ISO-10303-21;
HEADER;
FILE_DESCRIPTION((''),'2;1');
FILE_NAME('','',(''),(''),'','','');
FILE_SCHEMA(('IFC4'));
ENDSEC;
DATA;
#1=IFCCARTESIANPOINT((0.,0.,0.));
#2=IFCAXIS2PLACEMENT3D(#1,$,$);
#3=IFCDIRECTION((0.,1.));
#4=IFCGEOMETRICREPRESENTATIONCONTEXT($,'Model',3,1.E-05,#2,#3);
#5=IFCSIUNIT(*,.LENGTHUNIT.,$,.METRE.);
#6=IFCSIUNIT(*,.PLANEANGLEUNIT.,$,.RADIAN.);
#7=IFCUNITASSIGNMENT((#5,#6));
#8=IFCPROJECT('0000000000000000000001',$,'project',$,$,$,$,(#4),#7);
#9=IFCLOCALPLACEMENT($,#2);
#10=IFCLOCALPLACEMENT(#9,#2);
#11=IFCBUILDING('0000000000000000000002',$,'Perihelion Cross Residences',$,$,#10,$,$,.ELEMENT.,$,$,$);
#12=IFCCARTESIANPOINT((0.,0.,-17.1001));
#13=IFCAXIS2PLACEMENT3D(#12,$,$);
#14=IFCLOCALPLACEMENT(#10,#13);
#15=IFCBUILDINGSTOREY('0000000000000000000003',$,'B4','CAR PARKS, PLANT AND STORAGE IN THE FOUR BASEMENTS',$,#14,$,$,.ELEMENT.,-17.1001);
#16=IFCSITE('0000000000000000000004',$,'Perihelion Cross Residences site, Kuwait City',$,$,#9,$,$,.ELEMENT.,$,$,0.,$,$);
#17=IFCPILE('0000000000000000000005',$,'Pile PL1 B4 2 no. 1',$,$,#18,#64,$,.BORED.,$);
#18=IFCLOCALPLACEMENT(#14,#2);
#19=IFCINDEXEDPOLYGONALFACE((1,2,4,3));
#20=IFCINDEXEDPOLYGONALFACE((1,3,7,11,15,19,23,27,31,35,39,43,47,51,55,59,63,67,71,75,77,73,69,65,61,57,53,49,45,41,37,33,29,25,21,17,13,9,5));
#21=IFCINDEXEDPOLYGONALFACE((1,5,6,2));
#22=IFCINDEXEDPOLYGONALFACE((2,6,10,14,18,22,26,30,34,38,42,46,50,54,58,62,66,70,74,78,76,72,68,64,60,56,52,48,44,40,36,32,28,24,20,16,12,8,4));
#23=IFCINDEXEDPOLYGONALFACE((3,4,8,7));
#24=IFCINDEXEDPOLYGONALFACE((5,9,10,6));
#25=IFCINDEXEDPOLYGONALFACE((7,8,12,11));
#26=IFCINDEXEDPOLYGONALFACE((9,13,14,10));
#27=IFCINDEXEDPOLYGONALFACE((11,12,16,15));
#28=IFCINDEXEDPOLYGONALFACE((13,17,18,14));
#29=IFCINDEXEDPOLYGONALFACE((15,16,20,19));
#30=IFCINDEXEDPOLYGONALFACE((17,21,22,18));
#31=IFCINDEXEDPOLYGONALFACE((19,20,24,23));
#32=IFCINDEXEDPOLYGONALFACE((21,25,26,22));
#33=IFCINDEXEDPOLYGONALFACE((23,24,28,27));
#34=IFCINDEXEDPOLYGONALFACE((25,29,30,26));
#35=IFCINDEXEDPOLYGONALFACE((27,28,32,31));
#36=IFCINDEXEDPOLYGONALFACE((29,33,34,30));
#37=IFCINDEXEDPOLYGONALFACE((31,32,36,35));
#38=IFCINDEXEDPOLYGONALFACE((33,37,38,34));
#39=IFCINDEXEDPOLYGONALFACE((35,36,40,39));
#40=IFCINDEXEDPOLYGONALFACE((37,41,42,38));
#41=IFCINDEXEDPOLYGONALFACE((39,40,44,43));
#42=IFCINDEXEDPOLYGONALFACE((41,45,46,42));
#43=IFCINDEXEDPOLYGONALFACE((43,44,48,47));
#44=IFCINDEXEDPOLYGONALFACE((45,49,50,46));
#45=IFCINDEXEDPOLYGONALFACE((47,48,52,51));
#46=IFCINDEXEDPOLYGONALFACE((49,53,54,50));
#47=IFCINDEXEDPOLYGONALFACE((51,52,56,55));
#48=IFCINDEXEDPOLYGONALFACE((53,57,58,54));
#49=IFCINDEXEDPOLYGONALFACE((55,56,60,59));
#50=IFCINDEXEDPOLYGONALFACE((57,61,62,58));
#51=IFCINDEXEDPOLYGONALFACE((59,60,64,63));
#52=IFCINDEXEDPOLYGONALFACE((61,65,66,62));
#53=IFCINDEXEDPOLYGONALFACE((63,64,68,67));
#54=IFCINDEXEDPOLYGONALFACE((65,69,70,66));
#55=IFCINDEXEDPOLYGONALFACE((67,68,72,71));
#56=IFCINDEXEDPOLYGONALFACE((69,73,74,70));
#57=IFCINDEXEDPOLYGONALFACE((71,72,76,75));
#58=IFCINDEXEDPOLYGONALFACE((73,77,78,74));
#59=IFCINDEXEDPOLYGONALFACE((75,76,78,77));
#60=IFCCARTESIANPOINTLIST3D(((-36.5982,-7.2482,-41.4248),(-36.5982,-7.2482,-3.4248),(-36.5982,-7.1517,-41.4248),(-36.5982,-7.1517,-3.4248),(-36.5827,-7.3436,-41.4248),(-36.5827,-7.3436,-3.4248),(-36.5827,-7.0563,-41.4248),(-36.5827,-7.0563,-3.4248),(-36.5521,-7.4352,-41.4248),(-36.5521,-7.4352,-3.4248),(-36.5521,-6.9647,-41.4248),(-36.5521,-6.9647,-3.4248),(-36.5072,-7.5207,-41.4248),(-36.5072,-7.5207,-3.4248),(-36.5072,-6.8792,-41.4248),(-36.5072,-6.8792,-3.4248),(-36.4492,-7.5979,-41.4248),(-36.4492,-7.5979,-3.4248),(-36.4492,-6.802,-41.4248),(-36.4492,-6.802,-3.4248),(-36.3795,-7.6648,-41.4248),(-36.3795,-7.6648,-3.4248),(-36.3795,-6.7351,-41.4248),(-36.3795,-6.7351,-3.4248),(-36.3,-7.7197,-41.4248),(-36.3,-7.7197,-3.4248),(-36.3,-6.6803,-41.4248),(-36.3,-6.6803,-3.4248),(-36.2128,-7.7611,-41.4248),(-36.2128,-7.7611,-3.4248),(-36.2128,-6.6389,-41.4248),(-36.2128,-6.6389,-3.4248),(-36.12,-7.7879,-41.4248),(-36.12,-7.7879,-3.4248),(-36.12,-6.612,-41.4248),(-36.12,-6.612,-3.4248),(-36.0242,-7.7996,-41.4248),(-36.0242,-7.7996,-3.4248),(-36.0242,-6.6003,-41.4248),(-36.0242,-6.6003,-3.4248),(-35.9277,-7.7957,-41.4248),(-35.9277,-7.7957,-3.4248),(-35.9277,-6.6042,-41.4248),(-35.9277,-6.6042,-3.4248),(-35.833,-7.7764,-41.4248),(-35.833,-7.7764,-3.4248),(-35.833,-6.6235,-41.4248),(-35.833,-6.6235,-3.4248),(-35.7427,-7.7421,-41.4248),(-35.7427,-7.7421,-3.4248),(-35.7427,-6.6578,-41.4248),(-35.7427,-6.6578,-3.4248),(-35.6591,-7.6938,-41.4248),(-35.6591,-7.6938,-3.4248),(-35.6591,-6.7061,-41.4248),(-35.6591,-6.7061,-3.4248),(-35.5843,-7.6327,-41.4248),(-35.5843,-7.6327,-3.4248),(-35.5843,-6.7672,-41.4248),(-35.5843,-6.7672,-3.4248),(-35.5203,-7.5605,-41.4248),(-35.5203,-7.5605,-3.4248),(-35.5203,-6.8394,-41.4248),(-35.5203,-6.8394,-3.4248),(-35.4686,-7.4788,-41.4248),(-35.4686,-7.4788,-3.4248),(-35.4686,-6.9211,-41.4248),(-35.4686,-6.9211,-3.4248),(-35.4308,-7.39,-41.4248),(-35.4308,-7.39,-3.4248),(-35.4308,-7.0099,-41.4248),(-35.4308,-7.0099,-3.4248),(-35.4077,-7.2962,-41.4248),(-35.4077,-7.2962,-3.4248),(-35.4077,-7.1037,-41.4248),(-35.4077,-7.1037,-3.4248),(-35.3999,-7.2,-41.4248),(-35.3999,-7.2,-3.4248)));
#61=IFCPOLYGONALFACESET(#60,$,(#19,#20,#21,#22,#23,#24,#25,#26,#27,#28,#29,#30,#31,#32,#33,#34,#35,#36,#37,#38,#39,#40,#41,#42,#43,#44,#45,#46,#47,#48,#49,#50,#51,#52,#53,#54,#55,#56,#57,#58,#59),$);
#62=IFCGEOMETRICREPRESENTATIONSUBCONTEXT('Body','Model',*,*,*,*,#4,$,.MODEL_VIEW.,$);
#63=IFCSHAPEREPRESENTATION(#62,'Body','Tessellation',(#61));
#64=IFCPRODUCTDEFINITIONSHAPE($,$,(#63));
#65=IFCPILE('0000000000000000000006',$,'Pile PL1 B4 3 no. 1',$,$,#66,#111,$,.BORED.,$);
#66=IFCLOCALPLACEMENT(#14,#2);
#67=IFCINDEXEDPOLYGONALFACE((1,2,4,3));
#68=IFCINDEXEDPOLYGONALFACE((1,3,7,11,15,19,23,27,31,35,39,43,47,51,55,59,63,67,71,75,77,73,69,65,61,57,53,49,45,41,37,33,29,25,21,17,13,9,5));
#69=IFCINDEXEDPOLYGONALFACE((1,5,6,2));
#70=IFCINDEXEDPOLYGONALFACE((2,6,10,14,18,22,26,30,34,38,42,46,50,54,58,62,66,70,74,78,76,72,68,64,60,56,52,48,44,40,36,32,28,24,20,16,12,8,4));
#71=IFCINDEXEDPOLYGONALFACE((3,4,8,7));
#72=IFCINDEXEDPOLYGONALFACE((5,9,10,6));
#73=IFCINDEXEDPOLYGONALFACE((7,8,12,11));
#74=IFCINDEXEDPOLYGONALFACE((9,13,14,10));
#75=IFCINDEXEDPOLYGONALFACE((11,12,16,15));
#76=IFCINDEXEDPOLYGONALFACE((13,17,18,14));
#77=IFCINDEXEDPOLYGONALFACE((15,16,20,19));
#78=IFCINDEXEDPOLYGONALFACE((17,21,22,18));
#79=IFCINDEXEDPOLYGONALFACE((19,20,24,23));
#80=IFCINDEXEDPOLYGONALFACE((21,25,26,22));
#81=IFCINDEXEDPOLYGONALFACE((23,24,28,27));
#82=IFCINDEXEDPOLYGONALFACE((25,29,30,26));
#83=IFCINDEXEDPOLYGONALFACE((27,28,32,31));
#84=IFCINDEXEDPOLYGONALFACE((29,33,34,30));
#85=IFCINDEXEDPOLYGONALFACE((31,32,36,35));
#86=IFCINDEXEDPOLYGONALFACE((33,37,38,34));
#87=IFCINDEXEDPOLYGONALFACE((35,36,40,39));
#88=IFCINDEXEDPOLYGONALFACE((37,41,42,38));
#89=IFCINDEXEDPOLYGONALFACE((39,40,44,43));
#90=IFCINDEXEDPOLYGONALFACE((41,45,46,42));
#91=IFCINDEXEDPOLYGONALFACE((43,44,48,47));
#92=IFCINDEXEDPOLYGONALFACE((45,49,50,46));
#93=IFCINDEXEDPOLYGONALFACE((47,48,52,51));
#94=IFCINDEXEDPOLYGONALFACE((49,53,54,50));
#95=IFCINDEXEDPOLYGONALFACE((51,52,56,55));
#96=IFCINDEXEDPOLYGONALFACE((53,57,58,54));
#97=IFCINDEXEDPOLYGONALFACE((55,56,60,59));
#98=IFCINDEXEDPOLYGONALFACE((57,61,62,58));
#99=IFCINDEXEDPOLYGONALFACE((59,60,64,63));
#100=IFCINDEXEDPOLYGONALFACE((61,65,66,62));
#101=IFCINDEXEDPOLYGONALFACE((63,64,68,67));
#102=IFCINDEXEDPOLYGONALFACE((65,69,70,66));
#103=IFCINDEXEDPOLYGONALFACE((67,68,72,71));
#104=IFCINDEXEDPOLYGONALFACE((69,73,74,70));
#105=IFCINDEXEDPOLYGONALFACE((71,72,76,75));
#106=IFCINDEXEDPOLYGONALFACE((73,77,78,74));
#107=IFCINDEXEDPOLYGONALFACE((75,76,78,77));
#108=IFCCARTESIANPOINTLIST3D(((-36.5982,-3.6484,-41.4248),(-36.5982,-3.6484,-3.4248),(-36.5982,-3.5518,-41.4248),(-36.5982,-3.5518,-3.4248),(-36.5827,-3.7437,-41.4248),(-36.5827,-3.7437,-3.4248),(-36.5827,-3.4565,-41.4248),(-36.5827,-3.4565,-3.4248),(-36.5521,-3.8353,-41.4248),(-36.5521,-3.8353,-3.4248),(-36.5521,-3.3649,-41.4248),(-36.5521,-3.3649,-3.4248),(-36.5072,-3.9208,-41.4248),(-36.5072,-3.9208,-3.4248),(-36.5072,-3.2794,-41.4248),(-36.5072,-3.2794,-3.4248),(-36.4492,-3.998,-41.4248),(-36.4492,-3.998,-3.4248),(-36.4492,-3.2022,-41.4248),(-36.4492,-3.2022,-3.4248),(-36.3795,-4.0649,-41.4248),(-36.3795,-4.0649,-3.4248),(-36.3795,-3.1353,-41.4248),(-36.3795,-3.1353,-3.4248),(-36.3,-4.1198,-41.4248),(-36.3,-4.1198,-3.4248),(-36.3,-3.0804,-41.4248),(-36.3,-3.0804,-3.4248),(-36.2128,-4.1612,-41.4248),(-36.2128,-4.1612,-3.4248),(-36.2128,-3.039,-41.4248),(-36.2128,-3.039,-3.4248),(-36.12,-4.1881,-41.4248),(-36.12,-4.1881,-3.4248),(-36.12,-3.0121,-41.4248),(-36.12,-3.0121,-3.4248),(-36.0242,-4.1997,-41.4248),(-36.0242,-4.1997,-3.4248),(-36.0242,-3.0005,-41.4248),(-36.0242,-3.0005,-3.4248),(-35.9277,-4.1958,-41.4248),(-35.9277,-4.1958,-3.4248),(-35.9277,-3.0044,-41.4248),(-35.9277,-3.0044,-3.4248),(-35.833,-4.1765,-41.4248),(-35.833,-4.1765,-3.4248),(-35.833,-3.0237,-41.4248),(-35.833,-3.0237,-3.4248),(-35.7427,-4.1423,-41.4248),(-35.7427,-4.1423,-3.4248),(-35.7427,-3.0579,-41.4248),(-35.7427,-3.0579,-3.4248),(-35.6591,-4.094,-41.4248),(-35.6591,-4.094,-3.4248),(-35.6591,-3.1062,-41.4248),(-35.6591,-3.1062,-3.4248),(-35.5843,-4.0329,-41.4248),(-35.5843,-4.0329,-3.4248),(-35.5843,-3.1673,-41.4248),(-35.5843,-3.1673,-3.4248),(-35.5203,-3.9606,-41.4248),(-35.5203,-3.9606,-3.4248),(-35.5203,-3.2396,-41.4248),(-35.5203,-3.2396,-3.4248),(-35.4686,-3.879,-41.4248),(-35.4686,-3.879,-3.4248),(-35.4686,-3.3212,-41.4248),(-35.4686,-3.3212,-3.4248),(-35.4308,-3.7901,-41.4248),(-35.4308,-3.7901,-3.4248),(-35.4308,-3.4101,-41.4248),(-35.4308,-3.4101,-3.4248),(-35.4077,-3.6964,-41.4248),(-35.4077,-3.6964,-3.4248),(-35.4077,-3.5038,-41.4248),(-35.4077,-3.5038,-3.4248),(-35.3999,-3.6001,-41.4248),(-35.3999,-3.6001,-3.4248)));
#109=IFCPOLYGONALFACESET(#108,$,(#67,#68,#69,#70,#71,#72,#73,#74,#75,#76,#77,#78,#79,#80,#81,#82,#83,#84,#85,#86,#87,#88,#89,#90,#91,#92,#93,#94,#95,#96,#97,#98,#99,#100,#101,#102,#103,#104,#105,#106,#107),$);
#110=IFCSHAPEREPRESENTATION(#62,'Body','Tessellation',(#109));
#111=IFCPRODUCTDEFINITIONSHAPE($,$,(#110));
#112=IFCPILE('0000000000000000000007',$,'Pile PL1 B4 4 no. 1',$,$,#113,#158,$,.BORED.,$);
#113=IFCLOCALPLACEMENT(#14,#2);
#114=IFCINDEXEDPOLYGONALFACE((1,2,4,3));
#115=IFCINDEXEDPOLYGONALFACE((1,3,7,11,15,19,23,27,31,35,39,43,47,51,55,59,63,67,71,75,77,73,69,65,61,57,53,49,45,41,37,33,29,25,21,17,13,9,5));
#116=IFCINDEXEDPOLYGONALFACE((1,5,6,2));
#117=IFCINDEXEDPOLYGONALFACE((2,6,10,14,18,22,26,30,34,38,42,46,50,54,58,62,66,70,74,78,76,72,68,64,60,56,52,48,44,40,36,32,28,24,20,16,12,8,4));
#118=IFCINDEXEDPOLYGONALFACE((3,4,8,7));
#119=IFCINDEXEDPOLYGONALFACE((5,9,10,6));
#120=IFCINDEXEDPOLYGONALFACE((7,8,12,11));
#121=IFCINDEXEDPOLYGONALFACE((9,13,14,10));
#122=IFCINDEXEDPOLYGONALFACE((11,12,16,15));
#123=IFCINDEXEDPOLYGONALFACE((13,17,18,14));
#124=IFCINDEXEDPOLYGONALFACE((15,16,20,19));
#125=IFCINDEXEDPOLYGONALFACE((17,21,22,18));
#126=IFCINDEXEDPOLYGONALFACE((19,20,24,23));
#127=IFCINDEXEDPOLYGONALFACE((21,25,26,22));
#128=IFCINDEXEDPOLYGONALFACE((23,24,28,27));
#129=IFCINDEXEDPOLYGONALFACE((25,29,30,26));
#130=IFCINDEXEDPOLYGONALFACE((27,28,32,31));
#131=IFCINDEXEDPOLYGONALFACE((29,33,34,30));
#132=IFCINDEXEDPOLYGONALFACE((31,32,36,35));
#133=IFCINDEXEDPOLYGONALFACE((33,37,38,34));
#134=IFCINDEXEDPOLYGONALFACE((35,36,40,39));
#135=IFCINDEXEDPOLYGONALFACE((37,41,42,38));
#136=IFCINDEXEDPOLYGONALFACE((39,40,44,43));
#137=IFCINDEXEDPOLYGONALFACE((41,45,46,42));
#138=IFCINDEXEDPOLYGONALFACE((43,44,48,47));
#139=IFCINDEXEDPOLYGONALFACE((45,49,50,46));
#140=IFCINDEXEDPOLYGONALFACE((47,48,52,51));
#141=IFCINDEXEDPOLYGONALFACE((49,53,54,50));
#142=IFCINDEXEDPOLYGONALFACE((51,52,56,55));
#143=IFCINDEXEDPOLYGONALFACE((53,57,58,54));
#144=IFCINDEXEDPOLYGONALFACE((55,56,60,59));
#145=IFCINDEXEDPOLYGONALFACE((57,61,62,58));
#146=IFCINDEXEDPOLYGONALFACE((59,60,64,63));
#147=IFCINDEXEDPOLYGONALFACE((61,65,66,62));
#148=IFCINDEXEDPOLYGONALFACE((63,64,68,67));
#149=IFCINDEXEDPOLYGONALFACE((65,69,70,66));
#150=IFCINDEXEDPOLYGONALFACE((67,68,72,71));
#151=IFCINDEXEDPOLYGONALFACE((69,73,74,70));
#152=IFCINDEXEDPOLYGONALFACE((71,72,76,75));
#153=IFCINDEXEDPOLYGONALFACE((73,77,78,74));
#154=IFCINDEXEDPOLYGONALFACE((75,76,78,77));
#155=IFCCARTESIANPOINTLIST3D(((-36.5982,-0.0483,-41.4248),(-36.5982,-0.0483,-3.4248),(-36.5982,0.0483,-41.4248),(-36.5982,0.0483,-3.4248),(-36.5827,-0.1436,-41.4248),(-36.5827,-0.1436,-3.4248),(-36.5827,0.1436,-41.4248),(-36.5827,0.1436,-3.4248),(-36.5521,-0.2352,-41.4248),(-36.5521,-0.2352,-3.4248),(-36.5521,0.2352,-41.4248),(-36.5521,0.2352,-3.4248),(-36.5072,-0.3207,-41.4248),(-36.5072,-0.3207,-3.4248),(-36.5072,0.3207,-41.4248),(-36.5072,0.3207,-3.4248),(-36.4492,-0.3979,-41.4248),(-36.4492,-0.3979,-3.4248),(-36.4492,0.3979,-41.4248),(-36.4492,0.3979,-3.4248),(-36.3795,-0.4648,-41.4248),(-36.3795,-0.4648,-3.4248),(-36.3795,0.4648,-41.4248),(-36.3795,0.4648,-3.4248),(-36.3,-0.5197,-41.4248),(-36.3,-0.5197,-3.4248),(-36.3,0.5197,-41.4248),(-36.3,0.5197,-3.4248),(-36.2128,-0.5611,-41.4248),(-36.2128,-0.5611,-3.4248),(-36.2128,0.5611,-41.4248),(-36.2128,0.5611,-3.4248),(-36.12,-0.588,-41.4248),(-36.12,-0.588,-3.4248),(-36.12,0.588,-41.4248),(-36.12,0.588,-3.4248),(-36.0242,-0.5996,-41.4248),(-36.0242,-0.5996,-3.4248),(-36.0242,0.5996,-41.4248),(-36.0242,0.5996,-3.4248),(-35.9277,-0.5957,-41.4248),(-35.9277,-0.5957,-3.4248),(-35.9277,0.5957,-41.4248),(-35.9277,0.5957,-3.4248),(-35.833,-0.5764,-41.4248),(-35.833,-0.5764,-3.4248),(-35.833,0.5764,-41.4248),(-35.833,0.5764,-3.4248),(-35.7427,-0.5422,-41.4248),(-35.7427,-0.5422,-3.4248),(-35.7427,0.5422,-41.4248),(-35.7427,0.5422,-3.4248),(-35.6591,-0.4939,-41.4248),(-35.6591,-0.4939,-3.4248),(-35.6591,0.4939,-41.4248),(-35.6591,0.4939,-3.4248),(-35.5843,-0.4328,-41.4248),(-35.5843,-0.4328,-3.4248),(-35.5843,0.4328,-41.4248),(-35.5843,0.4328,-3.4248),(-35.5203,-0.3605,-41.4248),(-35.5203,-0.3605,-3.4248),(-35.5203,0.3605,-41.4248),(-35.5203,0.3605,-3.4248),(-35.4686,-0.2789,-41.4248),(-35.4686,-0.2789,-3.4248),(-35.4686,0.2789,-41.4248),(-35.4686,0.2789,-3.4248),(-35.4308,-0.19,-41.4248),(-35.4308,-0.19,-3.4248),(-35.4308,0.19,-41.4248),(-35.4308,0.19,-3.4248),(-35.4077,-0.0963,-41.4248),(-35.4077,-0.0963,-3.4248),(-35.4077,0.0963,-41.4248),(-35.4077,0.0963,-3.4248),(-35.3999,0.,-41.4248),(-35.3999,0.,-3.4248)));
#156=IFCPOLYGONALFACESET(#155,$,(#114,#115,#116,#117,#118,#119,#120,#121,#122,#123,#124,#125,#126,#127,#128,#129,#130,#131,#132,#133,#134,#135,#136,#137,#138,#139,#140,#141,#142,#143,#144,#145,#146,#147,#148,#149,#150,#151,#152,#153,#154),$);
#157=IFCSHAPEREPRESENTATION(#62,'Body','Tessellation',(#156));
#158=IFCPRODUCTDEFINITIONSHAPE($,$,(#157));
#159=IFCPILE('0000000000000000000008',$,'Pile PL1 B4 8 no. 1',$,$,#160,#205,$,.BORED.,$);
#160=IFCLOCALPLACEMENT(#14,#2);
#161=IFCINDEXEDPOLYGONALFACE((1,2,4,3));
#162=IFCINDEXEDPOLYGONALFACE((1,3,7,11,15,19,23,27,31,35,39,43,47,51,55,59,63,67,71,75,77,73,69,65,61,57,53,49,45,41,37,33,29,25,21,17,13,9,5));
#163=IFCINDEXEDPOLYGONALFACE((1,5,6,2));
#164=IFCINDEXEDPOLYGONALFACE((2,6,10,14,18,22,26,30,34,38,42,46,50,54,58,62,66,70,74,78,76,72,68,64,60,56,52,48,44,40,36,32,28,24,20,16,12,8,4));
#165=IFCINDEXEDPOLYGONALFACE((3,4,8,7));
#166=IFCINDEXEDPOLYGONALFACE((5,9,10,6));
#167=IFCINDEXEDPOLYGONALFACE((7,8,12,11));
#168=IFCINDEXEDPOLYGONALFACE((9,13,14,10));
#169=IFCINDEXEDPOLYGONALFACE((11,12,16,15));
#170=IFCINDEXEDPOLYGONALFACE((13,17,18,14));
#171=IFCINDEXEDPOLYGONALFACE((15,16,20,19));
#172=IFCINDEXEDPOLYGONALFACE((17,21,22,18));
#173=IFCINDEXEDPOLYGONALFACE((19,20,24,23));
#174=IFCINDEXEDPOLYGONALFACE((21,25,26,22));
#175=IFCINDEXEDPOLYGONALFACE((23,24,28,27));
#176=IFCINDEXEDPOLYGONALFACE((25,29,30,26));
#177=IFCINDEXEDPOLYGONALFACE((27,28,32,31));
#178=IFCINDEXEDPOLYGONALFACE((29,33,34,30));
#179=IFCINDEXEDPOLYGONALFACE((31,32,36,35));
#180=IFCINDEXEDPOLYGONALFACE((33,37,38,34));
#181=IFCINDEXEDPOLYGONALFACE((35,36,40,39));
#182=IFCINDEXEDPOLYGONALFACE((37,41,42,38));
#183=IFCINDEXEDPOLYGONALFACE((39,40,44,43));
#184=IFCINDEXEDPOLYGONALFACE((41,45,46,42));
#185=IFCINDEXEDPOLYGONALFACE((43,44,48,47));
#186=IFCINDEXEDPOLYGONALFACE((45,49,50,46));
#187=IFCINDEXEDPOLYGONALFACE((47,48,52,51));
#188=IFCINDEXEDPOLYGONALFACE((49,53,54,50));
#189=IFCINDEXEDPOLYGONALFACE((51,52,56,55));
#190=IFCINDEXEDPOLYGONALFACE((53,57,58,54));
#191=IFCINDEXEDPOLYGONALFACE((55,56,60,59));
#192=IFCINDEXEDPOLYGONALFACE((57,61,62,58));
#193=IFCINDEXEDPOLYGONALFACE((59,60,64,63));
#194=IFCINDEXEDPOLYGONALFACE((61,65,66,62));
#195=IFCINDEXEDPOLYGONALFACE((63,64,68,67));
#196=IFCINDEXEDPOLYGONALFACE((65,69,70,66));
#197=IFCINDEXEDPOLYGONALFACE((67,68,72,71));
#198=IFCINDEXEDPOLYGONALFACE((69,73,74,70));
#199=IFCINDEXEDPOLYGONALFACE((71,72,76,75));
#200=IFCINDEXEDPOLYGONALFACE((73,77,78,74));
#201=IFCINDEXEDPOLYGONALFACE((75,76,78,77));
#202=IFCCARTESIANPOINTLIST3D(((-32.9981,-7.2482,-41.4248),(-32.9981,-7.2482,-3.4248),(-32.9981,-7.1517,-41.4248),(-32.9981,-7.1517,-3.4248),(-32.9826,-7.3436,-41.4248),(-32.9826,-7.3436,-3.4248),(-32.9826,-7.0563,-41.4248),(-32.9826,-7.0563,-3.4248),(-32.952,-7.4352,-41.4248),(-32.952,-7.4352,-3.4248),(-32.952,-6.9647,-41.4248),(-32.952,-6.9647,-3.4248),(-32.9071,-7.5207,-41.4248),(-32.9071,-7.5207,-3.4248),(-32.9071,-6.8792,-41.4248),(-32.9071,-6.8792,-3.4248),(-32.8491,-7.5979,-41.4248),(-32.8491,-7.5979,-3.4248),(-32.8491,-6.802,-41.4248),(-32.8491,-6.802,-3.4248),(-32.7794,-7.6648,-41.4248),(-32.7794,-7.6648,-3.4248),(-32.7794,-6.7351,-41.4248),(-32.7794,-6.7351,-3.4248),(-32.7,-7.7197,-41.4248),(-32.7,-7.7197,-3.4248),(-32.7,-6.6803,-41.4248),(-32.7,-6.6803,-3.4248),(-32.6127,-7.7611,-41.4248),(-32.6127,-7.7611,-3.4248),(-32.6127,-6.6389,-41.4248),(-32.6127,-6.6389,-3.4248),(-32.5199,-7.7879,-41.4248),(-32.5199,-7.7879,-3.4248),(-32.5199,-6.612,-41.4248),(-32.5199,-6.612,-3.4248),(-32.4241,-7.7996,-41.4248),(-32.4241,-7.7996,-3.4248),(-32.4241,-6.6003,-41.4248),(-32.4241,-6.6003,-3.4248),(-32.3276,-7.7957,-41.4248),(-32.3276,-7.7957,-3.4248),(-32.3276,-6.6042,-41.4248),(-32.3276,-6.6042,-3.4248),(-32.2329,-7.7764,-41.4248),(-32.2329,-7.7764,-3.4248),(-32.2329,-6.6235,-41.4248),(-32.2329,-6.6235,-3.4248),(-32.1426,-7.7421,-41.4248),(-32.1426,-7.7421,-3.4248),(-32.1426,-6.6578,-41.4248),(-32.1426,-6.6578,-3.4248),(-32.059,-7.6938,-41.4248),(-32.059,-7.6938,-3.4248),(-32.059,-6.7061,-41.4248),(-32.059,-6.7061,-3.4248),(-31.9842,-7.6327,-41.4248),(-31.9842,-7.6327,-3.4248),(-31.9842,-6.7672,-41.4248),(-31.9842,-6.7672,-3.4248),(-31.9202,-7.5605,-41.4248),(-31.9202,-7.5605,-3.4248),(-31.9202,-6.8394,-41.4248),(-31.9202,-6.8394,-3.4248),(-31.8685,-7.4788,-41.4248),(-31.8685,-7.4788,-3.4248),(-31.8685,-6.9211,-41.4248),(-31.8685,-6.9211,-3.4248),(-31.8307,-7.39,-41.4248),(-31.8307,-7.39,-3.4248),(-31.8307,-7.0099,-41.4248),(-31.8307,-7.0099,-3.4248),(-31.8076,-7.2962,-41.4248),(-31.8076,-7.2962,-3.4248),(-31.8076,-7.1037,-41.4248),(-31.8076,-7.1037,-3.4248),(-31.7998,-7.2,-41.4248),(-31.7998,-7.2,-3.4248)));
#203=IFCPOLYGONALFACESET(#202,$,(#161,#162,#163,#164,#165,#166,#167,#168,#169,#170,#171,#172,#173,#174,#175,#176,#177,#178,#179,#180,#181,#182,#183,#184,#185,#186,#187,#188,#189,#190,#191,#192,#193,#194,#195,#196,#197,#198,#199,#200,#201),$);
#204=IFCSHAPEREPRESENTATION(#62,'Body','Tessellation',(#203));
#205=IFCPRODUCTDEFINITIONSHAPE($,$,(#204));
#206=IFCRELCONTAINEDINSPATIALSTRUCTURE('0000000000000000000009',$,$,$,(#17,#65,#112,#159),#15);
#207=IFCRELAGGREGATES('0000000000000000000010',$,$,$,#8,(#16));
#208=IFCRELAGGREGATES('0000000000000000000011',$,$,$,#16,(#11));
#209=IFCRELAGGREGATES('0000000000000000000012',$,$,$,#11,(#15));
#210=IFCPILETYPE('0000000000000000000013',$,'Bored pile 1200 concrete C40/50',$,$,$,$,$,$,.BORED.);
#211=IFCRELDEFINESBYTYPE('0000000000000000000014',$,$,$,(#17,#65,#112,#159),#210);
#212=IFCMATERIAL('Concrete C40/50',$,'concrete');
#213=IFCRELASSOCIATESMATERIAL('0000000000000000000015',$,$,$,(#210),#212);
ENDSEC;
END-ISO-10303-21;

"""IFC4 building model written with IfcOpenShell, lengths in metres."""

from ifc_helpers import new_model, si_unit, direction, frame, origin, origin_2d, place, context, subcontext, project, spatial, circle, extrude, material, type_object, element, save


model = new_model("IFC4")

# Units and contexts
model_context = context("Model", 3, precision=1e-05, world=origin(), true_north=direction((0.0, 1.0)))
body_context = subcontext(model_context, "Body", "Model", "MODEL_VIEW")
ifc_project = project(units=[si_unit("LENGTHUNIT", "METRE"), si_unit("PLANEANGLEUNIT", "RADIAN")], contexts=[model_context])

# Site, building, storey
site_placement = place(None, origin())
site = spatial("IfcSite", under=ifc_project, at=site_placement, Name="Perihelion Cross Residences site, Kuwait City", CompositionType="ELEMENT", RefElevation=0.0)
building_placement = place(site_placement, origin())
building = spatial("IfcBuilding", under=site, at=building_placement, Name="Perihelion Cross Residences", CompositionType="ELEMENT")
storey_placement = place(building_placement, frame((0.0, 0.0, -17.1001)))
storey = spatial("IfcBuildingStorey", under=building, at=storey_placement, Name="B4", Description="CAR PARKS, PLANT AND STORAGE IN THE FOUR BASEMENTS", CompositionType="ELEMENT", Elevation=-17.1001)

# Piles
ifc_material_1 = material(Name="Concrete C40/50", Category="concrete")
pile_type = type_object("IfcPileType", Name="Bored pile 1200 concrete C40/50", PredefinedType="BORED", material=ifc_material_1)
for number, where, z_axis, x_axis, name in (
    (1, (-36.0, -7.2, -3.4248), (0.0, 0.0, -1.0), (1.0, 0.0, 0.0), "Pile PL1 B4 2 no. 1"),
    (2, (-36.0, -3.6001, -3.4248), (0.0, 0.0, -1.0), (1.0, 0.0, 0.0), "Pile PL1 B4 3 no. 1"),
    (3, (-36.0, 0.0, -3.4248), (0.0, 0.0, -1.0), (1.0, 0.0, 0.0), "Pile PL1 B4 4 no. 1"),
    (4, (-32.3999, -7.2, -3.4248), (0.0, 0.0, -1.0), (1.0, 0.0, 0.0), "Pile PL1 B4 8 no. 1"),
):
    element("IfcPile", number, at=place(storey_placement, frame(where, z_axis=z_axis, x_axis=x_axis)), inside=storey, type_object=pile_type, Name=name, PredefinedType="BORED", context=body_context, shape_type="SweptSolid", body=[
        extrude(circle(Radius=0.6001, at=origin_2d()), origin(), (0.0, 0.0, 1.0), 38.0),
    ])

save(model, "model.ifc")
